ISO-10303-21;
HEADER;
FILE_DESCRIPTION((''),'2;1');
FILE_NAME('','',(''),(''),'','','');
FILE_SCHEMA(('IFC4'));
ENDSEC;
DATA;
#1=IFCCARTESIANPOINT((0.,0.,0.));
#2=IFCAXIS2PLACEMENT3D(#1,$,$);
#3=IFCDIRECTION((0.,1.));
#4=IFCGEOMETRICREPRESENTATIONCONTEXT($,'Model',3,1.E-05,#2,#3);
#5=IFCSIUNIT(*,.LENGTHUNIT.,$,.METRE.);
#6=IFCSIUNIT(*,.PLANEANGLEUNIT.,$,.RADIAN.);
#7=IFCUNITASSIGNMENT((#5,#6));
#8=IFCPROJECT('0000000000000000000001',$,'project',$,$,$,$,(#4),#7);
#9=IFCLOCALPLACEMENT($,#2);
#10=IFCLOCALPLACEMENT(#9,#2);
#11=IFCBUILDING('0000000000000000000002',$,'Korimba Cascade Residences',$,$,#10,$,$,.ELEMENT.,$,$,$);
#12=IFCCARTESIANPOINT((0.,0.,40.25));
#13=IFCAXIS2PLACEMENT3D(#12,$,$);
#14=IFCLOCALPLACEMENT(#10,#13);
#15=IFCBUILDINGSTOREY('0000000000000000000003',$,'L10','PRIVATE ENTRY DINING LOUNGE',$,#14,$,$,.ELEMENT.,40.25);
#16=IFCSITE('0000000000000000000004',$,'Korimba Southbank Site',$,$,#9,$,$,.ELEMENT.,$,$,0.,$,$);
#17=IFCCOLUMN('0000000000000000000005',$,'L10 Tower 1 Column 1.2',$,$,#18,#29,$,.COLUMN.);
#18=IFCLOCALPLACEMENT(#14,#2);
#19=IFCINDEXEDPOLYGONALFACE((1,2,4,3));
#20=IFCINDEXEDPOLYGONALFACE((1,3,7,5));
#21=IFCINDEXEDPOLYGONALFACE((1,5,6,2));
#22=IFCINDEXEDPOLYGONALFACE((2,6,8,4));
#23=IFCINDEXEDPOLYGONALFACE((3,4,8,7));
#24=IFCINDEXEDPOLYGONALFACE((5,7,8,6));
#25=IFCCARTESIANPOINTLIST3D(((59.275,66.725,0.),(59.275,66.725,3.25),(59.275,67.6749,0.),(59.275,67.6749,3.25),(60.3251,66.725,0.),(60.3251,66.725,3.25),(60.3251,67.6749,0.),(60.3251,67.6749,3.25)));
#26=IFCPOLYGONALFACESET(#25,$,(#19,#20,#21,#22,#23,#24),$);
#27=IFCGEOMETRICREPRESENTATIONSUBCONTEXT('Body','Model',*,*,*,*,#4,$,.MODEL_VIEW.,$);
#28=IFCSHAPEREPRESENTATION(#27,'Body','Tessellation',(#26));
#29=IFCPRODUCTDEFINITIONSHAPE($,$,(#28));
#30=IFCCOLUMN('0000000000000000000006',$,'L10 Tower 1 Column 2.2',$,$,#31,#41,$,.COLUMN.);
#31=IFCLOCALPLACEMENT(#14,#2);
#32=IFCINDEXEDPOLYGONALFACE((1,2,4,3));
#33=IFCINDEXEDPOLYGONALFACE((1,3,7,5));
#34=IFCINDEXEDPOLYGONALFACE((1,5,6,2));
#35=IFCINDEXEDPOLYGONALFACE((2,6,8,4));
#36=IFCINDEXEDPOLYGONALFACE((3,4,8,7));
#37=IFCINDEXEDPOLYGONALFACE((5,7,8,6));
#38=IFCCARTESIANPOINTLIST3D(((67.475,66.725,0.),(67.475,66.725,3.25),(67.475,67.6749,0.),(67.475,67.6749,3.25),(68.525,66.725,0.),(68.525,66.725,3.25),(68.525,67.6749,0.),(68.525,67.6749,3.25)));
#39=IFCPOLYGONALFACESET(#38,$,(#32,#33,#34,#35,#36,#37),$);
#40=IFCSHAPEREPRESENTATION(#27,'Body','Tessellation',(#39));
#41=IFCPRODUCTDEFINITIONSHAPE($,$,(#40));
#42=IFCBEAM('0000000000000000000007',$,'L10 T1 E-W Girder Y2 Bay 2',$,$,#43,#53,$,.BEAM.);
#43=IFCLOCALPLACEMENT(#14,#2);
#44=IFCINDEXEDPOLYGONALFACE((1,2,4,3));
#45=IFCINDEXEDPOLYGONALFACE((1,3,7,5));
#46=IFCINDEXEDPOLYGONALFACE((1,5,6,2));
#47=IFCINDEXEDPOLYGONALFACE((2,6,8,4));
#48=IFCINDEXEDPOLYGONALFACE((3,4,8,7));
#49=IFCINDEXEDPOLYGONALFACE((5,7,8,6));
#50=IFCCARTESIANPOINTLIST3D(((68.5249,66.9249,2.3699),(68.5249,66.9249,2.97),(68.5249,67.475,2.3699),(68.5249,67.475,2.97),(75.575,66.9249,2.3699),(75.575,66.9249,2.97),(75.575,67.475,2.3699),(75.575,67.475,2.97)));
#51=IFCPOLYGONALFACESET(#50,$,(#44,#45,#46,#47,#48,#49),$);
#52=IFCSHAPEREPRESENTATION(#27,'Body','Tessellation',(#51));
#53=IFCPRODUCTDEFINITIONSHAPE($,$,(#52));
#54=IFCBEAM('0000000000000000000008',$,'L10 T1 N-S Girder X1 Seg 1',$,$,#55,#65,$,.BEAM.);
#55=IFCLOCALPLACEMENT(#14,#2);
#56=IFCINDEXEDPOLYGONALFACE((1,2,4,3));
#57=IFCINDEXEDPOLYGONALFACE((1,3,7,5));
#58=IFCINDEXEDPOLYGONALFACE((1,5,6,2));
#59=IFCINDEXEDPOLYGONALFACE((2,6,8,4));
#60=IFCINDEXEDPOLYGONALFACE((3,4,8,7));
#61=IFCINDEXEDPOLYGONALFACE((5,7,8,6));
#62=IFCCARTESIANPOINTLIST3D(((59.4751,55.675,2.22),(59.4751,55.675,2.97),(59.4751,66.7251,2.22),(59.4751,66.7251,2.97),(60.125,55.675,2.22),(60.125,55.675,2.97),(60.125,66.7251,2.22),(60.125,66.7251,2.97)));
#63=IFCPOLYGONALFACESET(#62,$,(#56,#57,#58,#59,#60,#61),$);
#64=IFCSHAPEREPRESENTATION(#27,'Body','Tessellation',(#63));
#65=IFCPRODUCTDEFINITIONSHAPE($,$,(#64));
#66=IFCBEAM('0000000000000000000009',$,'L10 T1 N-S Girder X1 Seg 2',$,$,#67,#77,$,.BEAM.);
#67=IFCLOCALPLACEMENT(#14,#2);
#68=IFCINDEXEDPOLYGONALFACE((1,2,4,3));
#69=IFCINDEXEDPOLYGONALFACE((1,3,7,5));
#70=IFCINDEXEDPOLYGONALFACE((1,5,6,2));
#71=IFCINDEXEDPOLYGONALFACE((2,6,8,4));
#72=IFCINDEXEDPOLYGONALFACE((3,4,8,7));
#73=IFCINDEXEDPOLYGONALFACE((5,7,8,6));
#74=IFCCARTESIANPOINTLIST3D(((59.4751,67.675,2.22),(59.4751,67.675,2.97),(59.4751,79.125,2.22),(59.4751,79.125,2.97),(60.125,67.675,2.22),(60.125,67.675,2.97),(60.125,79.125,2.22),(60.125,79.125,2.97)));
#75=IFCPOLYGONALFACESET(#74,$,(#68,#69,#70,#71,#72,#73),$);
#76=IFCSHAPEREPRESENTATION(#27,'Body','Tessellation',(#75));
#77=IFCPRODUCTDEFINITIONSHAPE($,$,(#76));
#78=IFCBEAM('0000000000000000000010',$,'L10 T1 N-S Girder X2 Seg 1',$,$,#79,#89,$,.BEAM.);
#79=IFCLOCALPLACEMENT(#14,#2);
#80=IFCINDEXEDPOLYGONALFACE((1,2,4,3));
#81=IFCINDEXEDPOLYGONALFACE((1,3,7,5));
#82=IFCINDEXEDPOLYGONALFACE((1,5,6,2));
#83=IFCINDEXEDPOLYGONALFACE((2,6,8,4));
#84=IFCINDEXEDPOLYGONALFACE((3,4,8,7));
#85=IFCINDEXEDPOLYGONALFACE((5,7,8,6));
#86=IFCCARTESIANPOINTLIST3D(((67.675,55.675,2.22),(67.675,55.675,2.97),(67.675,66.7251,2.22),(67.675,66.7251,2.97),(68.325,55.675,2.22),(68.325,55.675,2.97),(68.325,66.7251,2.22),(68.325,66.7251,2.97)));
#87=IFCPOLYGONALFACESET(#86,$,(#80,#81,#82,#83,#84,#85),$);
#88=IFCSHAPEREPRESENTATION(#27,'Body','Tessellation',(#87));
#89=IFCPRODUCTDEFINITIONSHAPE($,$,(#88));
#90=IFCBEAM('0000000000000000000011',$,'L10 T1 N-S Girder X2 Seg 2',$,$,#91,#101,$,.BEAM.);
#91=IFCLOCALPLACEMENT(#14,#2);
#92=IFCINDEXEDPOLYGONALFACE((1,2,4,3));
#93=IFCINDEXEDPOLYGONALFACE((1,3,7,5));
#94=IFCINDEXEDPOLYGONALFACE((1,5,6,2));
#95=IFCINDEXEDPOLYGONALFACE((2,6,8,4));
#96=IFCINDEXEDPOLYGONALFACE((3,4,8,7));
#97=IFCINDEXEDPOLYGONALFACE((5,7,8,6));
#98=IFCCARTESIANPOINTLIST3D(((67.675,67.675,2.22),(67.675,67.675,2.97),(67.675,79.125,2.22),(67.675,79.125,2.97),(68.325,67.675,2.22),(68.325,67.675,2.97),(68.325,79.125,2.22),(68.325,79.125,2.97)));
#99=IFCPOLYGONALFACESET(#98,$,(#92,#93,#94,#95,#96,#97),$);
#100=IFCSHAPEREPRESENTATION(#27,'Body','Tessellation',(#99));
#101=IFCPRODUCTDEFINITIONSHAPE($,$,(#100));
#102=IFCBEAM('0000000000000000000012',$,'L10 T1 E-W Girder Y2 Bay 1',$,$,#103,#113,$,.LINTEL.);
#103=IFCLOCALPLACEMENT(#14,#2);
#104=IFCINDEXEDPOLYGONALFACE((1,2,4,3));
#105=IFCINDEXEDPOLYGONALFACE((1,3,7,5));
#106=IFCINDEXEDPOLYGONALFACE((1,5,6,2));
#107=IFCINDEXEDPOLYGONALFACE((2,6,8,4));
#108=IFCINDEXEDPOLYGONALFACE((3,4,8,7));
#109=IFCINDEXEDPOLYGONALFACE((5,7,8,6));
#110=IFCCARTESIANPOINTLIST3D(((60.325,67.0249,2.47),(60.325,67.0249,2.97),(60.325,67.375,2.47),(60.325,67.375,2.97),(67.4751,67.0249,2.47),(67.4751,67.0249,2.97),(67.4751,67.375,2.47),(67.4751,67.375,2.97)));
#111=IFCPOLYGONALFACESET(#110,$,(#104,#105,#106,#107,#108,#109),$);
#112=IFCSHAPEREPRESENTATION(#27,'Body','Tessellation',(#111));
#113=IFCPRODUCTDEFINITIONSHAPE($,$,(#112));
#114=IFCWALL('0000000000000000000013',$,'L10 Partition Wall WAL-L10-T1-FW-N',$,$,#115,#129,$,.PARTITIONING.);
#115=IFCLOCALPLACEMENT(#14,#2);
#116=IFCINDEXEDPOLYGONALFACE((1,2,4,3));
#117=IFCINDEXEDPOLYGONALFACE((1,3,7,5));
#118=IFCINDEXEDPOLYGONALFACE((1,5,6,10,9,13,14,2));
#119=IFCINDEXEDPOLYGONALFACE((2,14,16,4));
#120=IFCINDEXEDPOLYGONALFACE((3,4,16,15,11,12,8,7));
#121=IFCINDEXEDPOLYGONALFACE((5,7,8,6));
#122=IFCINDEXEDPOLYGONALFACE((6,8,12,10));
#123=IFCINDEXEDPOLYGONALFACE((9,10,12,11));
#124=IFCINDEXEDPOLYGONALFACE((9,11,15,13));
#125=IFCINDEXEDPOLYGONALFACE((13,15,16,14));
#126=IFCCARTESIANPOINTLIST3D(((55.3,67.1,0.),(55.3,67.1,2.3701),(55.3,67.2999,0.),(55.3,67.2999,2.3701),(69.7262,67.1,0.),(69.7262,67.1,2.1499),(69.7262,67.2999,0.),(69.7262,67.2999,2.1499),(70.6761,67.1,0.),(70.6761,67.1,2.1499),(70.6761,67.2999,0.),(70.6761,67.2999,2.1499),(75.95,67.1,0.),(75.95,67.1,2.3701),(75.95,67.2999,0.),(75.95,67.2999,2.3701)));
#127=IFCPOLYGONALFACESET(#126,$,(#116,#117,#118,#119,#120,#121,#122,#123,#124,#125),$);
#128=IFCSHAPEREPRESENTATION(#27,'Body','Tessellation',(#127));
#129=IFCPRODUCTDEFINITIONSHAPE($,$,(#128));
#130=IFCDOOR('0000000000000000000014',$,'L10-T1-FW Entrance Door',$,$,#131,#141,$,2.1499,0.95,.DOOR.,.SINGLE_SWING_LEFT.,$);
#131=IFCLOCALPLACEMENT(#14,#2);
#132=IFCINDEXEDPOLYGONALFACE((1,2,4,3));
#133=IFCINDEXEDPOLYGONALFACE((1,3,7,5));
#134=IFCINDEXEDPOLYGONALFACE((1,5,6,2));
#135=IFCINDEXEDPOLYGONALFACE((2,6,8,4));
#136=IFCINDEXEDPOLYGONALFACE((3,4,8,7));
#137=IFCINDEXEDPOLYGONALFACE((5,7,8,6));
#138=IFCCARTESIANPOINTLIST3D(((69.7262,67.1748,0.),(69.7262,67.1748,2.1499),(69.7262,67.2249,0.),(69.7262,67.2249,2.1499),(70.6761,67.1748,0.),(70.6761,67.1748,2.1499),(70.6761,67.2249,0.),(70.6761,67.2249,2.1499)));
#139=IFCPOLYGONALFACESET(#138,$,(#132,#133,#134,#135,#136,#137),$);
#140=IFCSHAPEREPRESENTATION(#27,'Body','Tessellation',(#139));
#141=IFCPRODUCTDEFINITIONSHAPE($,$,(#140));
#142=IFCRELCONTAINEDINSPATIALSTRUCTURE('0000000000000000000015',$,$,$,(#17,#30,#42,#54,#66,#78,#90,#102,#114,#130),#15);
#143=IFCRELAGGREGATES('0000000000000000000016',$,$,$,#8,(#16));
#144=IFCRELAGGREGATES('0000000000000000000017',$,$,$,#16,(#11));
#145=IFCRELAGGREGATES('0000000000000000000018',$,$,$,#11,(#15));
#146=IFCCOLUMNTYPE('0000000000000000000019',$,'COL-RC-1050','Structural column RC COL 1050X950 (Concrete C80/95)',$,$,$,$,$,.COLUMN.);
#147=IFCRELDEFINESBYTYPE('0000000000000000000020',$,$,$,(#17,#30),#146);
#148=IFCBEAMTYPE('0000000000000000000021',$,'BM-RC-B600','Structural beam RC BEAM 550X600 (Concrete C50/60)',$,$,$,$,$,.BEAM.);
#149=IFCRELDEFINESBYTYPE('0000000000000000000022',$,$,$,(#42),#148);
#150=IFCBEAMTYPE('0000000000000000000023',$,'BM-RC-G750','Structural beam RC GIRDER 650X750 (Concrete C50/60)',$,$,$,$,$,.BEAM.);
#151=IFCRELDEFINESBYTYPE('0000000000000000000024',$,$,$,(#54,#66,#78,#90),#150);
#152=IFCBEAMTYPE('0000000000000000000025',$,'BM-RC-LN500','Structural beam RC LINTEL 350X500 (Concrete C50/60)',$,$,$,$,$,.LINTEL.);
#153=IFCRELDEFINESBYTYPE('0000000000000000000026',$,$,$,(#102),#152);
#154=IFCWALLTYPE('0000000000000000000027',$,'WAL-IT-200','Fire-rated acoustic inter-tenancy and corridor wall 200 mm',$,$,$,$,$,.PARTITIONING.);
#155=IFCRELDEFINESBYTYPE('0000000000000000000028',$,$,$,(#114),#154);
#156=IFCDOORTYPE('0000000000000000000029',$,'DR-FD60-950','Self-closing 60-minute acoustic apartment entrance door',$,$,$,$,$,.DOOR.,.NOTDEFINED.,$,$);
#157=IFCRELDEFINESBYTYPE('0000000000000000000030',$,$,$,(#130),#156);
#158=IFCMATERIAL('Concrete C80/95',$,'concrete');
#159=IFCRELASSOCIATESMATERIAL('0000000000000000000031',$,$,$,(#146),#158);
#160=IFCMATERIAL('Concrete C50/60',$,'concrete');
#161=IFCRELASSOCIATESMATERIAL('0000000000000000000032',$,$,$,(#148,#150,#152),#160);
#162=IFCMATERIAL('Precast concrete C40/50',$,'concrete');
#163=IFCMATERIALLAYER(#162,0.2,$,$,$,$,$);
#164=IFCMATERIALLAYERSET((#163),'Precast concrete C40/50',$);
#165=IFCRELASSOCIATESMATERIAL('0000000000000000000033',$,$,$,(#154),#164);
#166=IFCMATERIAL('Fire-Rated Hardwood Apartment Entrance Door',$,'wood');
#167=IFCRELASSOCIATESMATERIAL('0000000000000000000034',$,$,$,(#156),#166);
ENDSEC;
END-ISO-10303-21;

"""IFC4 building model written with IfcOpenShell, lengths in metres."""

from ifc_helpers import new_model, si_unit, direction, frame, frame_2d, origin, origin_2d, place, context, subcontext, project, spatial, rectangle, extrude, material, layer, layer_set, material_profile, profile_set, type_object, element, fill, save


model = new_model("IFC4")

# Units and contexts
model_context = context("Model", 3, precision=1e-05, world=origin(), true_north=direction((0.0, 1.0)))
body_context = subcontext(model_context, "Body", "Model", "MODEL_VIEW")
ifc_project = project(units=[si_unit("LENGTHUNIT", "METRE"), si_unit("PLANEANGLEUNIT", "RADIAN")], contexts=[model_context])

# Site, building, storey
site_placement = place(None, origin())
site = spatial("IfcSite", under=ifc_project, at=site_placement, Name="Korimba Southbank Site", CompositionType="ELEMENT", RefElevation=0.0)
building_placement = place(site_placement, origin())
building = spatial("IfcBuilding", under=site, at=building_placement, Name="Korimba Cascade Residences", CompositionType="ELEMENT")
storey_placement = place(building_placement, frame((0.0, 0.0, 40.25)))
storey = spatial("IfcBuildingStorey", under=building, at=storey_placement, Name="L10", Description="PRIVATE ENTRY DINING LOUNGE", CompositionType="ELEMENT", Elevation=40.25)

# Columns
ifc_material_1 = material(Name="Concrete C80/95", Category="concrete")
ifc_material_profile_1 = material_profile(ifc_material_1, rectangle(XDim=1.05, YDim=0.95, at=origin_2d()), Name="Concrete C80/95")
ifc_profile_set_1 = profile_set([ifc_material_profile_1], Name="Concrete C80/95")
column_type = type_object("IfcColumnType", Name="COL-RC-1050", Description="Structural column RC COL 1050X950 (Concrete C80/95)", PredefinedType="COLUMN", material=ifc_profile_set_1)
for number, where, z_axis, x_axis, name in (
    (1, (59.8, 67.2, 0.0), (0.0, 0.0, 1.0), (1.0, 0.0, 0.0), "L10 Tower 1 Column 1.2"),
    (2, (68.0, 67.2, 0.0), (0.0, 0.0, 1.0), (1.0, 0.0, 0.0), "L10 Tower 1 Column 2.2"),
):
    element("IfcColumn", number, at=place(storey_placement, frame(where, z_axis=z_axis, x_axis=x_axis)), inside=storey, type_object=column_type, Name=name, PredefinedType="COLUMN", context=body_context, shape_type="SweptSolid", body=[
        extrude(rectangle(XDim=1.05, YDim=0.95, at=origin_2d()), origin(), (0.0, 0.0, 1.0), 3.25),
    ])

# Beams
ifc_material_2 = material(Name="Concrete C50/60", Category="concrete")
ifc_material_profile_2 = material_profile(ifc_material_2, rectangle(XDim=0.55, YDim=0.6001, at=origin_2d()), Name="Concrete C50/60")
ifc_profile_set_2 = profile_set([ifc_material_profile_2], Name="Concrete C50/60")
beam_type_1 = type_object("IfcBeamType", Name="BM-RC-B600", Description="Structural beam RC BEAM 550X600 (Concrete C50/60)", PredefinedType="BEAM", material=ifc_profile_set_2)
beam_1_placement = place(storey_placement, frame((68.5249, 67.2, 2.6699), z_axis=(1.0, 0.0, 0.0), x_axis=(0.0, 1.0, 0.0)))
element("IfcBeam", 3, at=beam_1_placement, inside=storey, type_object=beam_type_1, Name="L10 T1 E-W Girder Y2 Bay 2", PredefinedType="BEAM", context=body_context, shape_type="SweptSolid", body=[
    extrude(rectangle(XDim=0.55, YDim=0.6001, at=origin_2d()), origin(), (0.0, 0.0, 1.0), 7.05),
])
ifc_material_profile_3 = material_profile(ifc_material_2, rectangle(XDim=0.6499, YDim=0.75, at=origin_2d()), Name="Concrete C50/60")
ifc_profile_set_3 = profile_set([ifc_material_profile_3], Name="Concrete C50/60")
beam_type_2 = type_object("IfcBeamType", Name="BM-RC-G750", Description="Structural beam RC GIRDER 650X750 (Concrete C50/60)", PredefinedType="BEAM", material=ifc_profile_set_3)
beam_2_placement = place(storey_placement, frame((59.8, 55.675, 2.595), z_axis=(0.0, 1.0, 0.0), x_axis=(-1.0, 0.0, 0.0)))
element("IfcBeam", 4, at=beam_2_placement, inside=storey, type_object=beam_type_2, Name="L10 T1 N-S Girder X1 Seg 1", PredefinedType="BEAM", context=body_context, shape_type="SweptSolid", body=[
    extrude(rectangle(XDim=0.6499, YDim=0.75, at=origin_2d()), origin(), (0.0, 0.0, 1.0), 11.05),
])
beam_3_placement = place(storey_placement, frame((59.8, 67.675, 2.595), z_axis=(0.0, 1.0, 0.0), x_axis=(-1.0, 0.0, 0.0)))
element("IfcBeam", 5, at=beam_3_placement, inside=storey, type_object=beam_type_2, Name="L10 T1 N-S Girder X1 Seg 2", PredefinedType="BEAM", context=body_context, shape_type="SweptSolid", body=[
    extrude(rectangle(XDim=0.6499, YDim=0.75, at=origin_2d()), origin(), (0.0, 0.0, 1.0), 11.45),
])
beam_4_placement = place(storey_placement, frame((68.0, 55.675, 2.595), z_axis=(0.0, 1.0, 0.0), x_axis=(-1.0, 0.0, 0.0)))
element("IfcBeam", 6, at=beam_4_placement, inside=storey, type_object=beam_type_2, Name="L10 T1 N-S Girder X2 Seg 1", PredefinedType="BEAM", context=body_context, shape_type="SweptSolid", body=[
    extrude(rectangle(XDim=0.6499, YDim=0.75, at=origin_2d()), origin(), (0.0, 0.0, 1.0), 11.05),
])
beam_5_placement = place(storey_placement, frame((68.0, 67.675, 2.595), z_axis=(0.0, 1.0, 0.0), x_axis=(-1.0, 0.0, 0.0)))
element("IfcBeam", 7, at=beam_5_placement, inside=storey, type_object=beam_type_2, Name="L10 T1 N-S Girder X2 Seg 2", PredefinedType="BEAM", context=body_context, shape_type="SweptSolid", body=[
    extrude(rectangle(XDim=0.6499, YDim=0.75, at=origin_2d()), origin(), (0.0, 0.0, 1.0), 11.45),
])
ifc_material_profile_4 = material_profile(ifc_material_2, rectangle(XDim=0.3501, YDim=0.5, at=origin_2d()), Name="Concrete C50/60")
ifc_profile_set_4 = profile_set([ifc_material_profile_4], Name="Concrete C50/60")
beam_type_3 = type_object("IfcBeamType", Name="BM-RC-LN500", Description="Structural beam RC LINTEL 350X500 (Concrete C50/60)", PredefinedType="LINTEL", material=ifc_profile_set_4)
beam_6_placement = place(storey_placement, frame((60.325, 67.2, 2.72), z_axis=(1.0, 0.0, 0.0), x_axis=(0.0, 1.0, 0.0)))
element("IfcBeam", 8, at=beam_6_placement, inside=storey, type_object=beam_type_3, Name="L10 T1 E-W Girder Y2 Bay 1", PredefinedType="LINTEL", context=body_context, shape_type="SweptSolid", body=[
    extrude(rectangle(XDim=0.3501, YDim=0.5, at=origin_2d()), origin(), (0.0, 0.0, 1.0), 7.1501),
])

# Wall, opening, door
ifc_material_3 = material(Name="Precast concrete C40/50", Category="concrete")
ifc_layer_1 = layer(ifc_material_3, 0.2)
ifc_layer_set_1 = layer_set([ifc_layer_1], Name="Precast concrete C40/50")
wall_type_1 = type_object("IfcWallType", Name="WAL-IT-200", Description="Fire-rated acoustic inter-tenancy and corridor wall 200 mm", PredefinedType="PARTITIONING", material=ifc_layer_set_1)
wall_1_placement = place(storey_placement, frame((55.3, 67.2, 0.0), z_axis=(0.0, 0.0, 1.0), x_axis=(1.0, 0.0, 0.0)))
wall_1 = element("IfcWall", 9, at=wall_1_placement, inside=storey, type_object=wall_type_1, Name="L10 Partition Wall WAL-L10-T1-FW-N", PredefinedType="PARTITIONING", context=body_context, shape_type="SweptSolid", body=[
    extrude(rectangle(XDim=20.6499, YDim=0.2, at=frame_2d((10.325, 0.0))), origin(), (0.0, 0.0, 1.0), 2.3701),
])
opening_1_placement = place(wall_1_placement, frame((14.426, 0.0, 0.0)))
opening_1 = element("IfcOpeningElement", 10, at=opening_1_placement, cuts=wall_1, PredefinedType="OPENING", context=body_context, shape_type="SweptSolid", body=[
    extrude(rectangle(XDim=0.95, YDim=2.1499, at=frame_2d((0.4751, 1.075))), frame((0.0, 0.1099, 0.0), z_axis=(0.0, -1.0, 0.0), x_axis=(1.0, 0.0, 0.0)), (0.0, 0.0, 1.0), 0.22),
])
ifc_material_4 = material(Name="Fire-Rated Hardwood Apartment Entrance Door", Category="wood")
door_type_1 = type_object("IfcDoorType", Name="DR-FD60-950", Description="Self-closing 60-minute acoustic apartment entrance door", OperationType="NOTDEFINED", PredefinedType="DOOR", material=ifc_material_4)
door_1_placement = place(opening_1_placement, origin())
door_1 = element("IfcDoor", 11, at=door_1_placement, inside=storey, type_object=door_type_1, Name="L10-T1-FW Entrance Door", OperationType="SINGLE_SWING_LEFT", OverallHeight=2.1499, OverallWidth=0.95, PredefinedType="DOOR", context=body_context, shape_type="SweptSolid", body=[
    extrude(rectangle(XDim=0.95, YDim=2.1499, at=frame_2d((0.4751, 1.075))), frame((0.0, 0.0249, 0.0), z_axis=(0.0, -1.0, 0.0), x_axis=(1.0, 0.0, 0.0)), (0.0, 0.0, 1.0), 0.05),
])
fill(opening_1, door_1)

save(model, "model.ifc")
